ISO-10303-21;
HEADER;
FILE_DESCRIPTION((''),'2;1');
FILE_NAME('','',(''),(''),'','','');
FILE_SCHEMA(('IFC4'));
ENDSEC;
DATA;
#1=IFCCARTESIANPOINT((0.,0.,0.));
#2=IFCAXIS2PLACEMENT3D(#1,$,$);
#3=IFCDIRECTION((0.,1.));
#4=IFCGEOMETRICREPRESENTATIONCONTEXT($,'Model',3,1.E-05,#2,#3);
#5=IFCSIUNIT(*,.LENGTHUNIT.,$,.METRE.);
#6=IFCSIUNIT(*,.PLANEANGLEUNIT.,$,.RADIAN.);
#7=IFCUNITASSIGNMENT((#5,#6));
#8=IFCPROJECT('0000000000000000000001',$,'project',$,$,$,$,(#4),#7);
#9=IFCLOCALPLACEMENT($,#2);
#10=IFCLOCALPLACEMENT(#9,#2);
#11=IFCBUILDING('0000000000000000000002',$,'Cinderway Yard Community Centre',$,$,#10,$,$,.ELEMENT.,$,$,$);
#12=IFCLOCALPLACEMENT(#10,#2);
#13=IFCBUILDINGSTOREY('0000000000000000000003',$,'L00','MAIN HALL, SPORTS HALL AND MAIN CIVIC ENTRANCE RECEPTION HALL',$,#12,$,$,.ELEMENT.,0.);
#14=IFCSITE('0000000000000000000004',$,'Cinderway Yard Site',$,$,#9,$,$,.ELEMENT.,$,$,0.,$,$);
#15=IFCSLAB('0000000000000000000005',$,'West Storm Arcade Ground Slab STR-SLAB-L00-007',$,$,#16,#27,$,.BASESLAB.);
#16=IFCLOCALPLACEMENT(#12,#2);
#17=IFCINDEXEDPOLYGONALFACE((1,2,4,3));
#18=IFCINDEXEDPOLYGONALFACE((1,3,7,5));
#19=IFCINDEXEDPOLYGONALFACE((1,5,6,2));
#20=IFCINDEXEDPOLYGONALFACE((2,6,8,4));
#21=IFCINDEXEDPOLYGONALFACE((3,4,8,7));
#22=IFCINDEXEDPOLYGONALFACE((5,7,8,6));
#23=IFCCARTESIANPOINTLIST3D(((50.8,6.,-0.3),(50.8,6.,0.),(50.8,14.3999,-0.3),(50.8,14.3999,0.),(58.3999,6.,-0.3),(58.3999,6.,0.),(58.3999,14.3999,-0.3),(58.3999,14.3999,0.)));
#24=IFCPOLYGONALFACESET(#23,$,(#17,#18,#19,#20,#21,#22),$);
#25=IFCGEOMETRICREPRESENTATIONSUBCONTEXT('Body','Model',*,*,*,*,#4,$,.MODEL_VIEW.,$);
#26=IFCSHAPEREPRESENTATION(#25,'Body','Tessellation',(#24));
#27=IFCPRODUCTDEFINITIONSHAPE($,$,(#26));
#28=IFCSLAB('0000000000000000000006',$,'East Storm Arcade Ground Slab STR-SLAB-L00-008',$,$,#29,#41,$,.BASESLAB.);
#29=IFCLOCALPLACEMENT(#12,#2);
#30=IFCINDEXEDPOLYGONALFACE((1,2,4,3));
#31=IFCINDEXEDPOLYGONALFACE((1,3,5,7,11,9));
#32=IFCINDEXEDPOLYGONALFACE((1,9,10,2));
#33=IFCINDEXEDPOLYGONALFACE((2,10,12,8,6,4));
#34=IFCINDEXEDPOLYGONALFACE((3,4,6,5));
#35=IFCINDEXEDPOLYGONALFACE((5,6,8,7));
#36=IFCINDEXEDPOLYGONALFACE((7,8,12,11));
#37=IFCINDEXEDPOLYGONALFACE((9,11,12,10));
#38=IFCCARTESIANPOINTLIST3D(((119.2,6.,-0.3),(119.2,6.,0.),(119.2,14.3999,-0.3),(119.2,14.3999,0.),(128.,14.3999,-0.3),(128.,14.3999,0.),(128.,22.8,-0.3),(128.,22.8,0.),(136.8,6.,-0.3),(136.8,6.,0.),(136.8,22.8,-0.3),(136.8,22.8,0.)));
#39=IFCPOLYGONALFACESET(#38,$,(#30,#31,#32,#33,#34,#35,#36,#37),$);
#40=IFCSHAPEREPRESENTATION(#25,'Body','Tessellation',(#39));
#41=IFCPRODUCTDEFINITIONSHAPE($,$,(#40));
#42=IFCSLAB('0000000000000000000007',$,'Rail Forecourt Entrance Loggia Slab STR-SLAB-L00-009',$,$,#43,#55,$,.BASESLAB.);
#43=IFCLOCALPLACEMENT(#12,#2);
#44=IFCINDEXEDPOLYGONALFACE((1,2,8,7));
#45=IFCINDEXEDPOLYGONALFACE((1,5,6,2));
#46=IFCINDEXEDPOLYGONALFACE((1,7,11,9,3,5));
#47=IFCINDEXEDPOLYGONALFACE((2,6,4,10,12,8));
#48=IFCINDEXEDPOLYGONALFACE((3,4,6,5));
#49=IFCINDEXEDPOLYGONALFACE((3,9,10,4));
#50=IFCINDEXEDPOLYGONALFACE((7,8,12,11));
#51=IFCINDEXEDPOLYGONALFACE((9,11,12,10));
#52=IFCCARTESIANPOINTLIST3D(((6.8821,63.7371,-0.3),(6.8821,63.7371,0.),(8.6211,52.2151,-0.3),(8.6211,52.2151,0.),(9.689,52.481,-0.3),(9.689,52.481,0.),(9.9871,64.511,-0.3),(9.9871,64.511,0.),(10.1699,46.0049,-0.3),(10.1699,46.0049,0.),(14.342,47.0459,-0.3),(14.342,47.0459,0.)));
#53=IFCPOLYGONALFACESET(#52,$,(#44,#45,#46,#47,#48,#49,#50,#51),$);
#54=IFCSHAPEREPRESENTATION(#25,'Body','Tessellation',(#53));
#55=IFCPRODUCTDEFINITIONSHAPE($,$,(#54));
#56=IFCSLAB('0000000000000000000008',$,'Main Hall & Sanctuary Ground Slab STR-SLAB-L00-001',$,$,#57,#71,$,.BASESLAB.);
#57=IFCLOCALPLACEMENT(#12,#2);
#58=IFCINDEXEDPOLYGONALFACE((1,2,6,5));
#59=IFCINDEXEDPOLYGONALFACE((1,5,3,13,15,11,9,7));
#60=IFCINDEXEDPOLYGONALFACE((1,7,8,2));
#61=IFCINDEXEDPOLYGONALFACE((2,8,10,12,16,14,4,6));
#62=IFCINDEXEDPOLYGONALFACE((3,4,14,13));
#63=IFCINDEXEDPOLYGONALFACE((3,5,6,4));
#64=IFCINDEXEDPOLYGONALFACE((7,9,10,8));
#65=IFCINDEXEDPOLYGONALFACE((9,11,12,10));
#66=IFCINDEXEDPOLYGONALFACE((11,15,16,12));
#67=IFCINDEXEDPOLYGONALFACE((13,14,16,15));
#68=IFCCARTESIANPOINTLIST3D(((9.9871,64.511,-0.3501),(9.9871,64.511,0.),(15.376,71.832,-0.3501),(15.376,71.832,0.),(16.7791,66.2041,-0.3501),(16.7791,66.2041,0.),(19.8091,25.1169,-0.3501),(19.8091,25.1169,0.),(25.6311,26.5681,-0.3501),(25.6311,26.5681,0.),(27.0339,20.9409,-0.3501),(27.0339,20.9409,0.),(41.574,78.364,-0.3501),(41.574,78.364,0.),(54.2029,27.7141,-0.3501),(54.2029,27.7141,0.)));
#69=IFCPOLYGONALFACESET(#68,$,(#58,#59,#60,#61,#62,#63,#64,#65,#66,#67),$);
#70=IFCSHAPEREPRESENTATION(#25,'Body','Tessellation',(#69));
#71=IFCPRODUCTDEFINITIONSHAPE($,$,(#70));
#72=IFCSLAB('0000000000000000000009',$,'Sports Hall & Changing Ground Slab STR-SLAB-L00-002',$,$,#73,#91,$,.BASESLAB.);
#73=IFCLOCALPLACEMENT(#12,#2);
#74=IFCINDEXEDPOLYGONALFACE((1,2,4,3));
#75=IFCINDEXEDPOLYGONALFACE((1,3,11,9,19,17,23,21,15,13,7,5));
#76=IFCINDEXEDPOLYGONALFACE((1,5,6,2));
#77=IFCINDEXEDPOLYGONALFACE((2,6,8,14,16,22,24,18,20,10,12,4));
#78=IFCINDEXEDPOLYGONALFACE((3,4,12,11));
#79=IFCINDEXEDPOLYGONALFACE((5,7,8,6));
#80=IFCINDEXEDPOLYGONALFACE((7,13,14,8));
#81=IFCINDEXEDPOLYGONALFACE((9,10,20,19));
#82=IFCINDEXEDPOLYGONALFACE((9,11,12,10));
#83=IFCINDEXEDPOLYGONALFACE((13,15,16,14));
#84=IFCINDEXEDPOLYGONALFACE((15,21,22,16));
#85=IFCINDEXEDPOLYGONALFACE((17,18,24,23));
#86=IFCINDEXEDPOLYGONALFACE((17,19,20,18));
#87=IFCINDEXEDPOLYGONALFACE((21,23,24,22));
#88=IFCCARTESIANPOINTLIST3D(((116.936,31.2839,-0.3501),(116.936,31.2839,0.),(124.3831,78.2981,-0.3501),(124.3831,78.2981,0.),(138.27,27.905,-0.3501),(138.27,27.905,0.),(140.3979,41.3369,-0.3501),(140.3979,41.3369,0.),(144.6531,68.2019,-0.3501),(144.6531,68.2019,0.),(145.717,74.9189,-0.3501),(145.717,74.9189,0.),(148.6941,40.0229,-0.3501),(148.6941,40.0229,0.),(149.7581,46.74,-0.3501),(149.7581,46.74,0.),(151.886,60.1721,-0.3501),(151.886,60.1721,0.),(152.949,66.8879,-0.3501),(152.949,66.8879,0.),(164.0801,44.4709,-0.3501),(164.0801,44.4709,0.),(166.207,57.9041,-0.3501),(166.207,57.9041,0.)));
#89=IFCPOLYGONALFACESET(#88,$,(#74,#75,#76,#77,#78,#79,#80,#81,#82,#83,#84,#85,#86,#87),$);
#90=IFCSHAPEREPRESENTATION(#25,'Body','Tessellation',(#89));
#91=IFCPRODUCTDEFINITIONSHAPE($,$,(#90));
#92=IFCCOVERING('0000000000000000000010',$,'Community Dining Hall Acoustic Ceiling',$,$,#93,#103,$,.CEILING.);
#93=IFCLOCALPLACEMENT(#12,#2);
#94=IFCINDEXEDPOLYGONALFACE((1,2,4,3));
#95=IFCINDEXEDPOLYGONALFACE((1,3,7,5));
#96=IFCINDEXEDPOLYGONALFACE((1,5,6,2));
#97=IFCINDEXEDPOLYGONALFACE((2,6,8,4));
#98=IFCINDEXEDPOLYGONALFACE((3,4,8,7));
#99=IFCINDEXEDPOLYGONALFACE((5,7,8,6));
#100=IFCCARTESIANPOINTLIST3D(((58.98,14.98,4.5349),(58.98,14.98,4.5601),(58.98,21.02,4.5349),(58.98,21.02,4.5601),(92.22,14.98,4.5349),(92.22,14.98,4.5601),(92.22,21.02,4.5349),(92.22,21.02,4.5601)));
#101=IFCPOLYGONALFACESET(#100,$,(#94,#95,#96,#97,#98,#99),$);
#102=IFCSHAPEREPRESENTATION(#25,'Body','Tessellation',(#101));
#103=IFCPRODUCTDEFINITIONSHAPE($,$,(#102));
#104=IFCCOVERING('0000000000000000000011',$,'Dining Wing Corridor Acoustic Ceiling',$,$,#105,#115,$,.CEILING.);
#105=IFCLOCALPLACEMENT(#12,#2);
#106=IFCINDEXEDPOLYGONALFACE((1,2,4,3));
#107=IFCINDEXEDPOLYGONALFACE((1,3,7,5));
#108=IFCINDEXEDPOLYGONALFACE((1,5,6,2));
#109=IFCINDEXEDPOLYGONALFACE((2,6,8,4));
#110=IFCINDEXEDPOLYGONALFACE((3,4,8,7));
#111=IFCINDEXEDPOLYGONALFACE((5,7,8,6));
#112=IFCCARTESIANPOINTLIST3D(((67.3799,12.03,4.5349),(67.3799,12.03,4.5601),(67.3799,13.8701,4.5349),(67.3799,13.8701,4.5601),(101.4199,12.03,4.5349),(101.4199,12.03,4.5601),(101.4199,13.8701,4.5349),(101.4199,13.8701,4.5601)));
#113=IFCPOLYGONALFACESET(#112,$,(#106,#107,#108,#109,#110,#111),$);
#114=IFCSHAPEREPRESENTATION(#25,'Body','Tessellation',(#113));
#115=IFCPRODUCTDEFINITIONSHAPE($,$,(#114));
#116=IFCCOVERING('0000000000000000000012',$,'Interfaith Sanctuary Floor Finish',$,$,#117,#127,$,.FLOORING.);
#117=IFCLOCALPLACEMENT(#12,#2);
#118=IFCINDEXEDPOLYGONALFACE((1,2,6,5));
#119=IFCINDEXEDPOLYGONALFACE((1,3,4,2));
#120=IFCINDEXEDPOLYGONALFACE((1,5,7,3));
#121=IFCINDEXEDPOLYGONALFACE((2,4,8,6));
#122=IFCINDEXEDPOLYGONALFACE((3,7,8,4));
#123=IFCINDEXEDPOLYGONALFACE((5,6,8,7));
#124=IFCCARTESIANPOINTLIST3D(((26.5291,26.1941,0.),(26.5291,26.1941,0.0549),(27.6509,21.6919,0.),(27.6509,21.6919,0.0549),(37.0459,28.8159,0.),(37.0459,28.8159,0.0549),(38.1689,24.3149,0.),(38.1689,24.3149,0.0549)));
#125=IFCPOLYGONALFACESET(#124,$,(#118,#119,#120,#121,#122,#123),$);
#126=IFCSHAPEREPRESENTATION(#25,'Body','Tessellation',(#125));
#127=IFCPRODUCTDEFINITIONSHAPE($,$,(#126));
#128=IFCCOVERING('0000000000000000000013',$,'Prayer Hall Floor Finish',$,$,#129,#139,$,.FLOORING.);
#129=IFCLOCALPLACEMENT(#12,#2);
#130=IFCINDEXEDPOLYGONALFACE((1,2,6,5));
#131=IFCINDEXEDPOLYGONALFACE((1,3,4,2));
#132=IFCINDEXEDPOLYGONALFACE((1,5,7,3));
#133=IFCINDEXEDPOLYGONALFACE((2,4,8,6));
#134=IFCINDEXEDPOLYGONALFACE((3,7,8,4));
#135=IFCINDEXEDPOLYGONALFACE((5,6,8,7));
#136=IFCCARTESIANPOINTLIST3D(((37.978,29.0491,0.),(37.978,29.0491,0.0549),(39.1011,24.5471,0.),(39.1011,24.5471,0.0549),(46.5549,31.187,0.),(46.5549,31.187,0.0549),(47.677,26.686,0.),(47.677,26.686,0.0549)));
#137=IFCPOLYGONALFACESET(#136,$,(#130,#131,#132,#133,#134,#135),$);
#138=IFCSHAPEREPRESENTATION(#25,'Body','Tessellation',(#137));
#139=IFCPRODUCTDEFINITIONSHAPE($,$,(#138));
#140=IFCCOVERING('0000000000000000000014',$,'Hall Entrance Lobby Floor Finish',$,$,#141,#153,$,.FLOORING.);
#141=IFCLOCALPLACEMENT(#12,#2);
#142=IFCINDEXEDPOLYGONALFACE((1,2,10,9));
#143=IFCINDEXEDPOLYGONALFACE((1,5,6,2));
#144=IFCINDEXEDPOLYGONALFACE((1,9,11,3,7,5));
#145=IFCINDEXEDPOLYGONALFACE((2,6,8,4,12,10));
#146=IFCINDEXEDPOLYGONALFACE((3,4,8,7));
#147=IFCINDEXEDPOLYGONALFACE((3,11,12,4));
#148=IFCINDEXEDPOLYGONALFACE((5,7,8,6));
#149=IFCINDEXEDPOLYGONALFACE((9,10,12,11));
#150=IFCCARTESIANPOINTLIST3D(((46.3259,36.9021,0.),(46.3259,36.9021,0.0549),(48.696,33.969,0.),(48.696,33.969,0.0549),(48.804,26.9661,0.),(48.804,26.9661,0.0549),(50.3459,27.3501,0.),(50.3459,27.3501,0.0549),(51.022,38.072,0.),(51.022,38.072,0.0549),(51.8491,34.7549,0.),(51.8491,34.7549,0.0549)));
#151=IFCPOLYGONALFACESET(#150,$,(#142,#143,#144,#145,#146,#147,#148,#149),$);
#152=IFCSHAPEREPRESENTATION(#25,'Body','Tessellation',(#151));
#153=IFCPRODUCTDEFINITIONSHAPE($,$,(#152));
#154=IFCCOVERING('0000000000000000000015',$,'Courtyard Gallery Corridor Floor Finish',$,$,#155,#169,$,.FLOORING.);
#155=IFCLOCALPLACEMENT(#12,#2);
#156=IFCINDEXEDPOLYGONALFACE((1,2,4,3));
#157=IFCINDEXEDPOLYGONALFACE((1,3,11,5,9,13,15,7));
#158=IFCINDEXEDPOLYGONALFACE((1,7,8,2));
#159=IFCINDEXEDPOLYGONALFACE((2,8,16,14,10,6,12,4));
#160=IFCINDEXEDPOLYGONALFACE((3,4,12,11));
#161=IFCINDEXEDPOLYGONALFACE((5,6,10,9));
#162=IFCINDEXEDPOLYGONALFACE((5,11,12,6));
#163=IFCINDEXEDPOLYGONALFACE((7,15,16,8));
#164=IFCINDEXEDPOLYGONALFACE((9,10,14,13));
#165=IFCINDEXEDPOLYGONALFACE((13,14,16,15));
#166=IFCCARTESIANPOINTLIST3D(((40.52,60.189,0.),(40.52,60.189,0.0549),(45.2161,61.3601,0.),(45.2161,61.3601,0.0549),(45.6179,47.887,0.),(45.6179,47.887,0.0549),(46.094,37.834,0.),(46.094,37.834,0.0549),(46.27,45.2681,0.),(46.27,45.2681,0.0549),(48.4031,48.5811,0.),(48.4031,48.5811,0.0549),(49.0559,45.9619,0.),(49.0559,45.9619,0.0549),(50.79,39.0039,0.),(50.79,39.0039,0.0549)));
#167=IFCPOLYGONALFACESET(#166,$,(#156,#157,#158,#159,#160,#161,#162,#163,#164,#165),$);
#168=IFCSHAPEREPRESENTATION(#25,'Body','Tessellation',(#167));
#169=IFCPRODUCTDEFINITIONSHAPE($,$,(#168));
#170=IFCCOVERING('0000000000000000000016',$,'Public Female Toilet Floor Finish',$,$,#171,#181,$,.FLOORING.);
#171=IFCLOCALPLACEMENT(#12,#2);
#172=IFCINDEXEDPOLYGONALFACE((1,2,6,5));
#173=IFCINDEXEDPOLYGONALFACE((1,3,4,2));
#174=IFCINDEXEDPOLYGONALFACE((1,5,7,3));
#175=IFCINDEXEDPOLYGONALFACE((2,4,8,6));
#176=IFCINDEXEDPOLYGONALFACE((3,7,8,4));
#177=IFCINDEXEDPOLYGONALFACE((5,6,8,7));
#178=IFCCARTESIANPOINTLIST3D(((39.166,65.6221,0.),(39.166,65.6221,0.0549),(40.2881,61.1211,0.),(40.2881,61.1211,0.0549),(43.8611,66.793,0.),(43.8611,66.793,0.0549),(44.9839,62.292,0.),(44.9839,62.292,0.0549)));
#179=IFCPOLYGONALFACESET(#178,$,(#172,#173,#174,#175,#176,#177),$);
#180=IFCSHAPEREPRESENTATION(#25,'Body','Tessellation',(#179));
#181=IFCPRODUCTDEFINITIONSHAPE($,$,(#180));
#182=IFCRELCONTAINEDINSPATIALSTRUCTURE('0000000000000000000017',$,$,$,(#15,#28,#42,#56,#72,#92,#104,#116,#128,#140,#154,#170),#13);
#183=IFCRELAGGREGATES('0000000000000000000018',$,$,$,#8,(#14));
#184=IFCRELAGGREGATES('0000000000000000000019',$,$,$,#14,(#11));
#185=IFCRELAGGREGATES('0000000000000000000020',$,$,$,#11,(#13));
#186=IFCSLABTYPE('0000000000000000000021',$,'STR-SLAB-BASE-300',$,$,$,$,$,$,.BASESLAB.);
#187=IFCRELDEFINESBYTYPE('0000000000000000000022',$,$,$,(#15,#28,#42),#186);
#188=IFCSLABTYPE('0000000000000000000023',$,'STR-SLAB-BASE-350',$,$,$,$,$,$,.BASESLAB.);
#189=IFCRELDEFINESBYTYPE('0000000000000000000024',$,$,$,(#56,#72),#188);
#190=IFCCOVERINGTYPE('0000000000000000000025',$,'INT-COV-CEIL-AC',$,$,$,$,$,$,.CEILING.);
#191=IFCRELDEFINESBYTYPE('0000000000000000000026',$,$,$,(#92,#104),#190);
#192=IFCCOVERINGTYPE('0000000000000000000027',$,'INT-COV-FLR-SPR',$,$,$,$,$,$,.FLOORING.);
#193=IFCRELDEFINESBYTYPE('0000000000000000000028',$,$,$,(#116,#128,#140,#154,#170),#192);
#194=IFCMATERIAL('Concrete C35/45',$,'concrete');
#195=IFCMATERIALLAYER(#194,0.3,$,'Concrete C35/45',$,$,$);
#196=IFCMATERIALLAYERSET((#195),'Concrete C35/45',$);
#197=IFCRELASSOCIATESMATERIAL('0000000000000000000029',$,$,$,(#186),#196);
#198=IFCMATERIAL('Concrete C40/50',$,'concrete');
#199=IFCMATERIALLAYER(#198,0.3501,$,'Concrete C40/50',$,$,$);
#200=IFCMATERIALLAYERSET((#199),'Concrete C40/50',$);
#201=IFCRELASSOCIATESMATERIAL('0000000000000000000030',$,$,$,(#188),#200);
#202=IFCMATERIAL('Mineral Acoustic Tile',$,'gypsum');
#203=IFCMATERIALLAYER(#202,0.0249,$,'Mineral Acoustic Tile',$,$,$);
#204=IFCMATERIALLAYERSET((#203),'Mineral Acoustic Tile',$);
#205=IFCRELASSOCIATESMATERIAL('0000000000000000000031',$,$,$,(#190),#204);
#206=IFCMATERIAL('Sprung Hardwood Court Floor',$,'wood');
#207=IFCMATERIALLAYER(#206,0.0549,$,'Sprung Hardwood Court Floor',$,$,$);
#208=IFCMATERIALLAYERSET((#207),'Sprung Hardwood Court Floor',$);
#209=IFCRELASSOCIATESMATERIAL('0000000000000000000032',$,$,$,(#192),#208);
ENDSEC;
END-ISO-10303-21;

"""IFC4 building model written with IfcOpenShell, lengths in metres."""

from ifc_helpers import new_model, si_unit, direction, frame, origin, place, context, subcontext, project, spatial, polyline, outline, extrude, material, layer, layer_set, type_object, element, save


model = new_model("IFC4")

# Units and contexts
model_context = context("Model", 3, precision=1e-05, world=origin(), true_north=direction((0.0, 1.0)))
body_context = subcontext(model_context, "Body", "Model", "MODEL_VIEW")
ifc_project = project(units=[si_unit("LENGTHUNIT", "METRE"), si_unit("PLANEANGLEUNIT", "RADIAN")], contexts=[model_context])

# Site, building, storey
site_placement = place(None, origin())
site = spatial("IfcSite", under=ifc_project, at=site_placement, Name="Cinderway Yard Site", CompositionType="ELEMENT", RefElevation=0.0)
building_placement = place(site_placement, origin())
building = spatial("IfcBuilding", under=site, at=building_placement, Name="Cinderway Yard Community Centre", CompositionType="ELEMENT")
storey_placement = place(building_placement, origin())
storey = spatial("IfcBuildingStorey", under=building, at=storey_placement, Name="L00", Description="MAIN HALL, SPORTS HALL AND MAIN CIVIC ENTRANCE RECEPTION HALL", CompositionType="ELEMENT", Elevation=0.0)

# Shared definitions
ifc_material_1 = material(Name="Concrete C40/50", Category="concrete")

# Slabs
ifc_material_2 = material(Name="Concrete C35/45", Category="concrete")
ifc_layer_1 = layer(ifc_material_2, 0.3, Name="Concrete C35/45")
ifc_layer_set_1 = layer_set([ifc_layer_1], Name="Concrete C35/45")
slab_type_1 = type_object("IfcSlabType", Name="STR-SLAB-BASE-300", PredefinedType="BASESLAB", material=ifc_layer_set_1)
slab_1_placement = place(storey_placement, frame((0.0, 0.0, -0.3)))
element("IfcSlab", 1, at=slab_1_placement, inside=storey, type_object=slab_type_1, Name="West Storm Arcade Ground Slab STR-SLAB-L00-007", PredefinedType="BASESLAB", context=body_context, shape_type="SweptSolid", body=[
    extrude(outline(polyline([(50.8, 6.0), (58.3999, 6.0), (58.3999, 14.3999), (50.8, 14.3999), (50.8, 6.0)])), origin(), (0.0, 0.0, 1.0), 0.3),
])
slab_2_placement = place(storey_placement, frame((0.0, 0.0, -0.3)))
element("IfcSlab", 2, at=slab_2_placement, inside=storey, type_object=slab_type_1, Name="East Storm Arcade Ground Slab STR-SLAB-L00-008", PredefinedType="BASESLAB", context=body_context, shape_type="SweptSolid", body=[
    extrude(outline(polyline([(119.2, 6.0), (136.8, 6.0), (136.8, 22.8), (128.0, 22.8), (128.0, 14.3999), (119.2, 14.3999), (119.2, 6.0)])), origin(), (0.0, 0.0, 1.0), 0.3),
])
slab_3_placement = place(storey_placement, frame((0.0, 0.0, -0.3)))
element("IfcSlab", 3, at=slab_3_placement, inside=storey, type_object=slab_type_1, Name="Rail Forecourt Entrance Loggia Slab STR-SLAB-L00-009", PredefinedType="BASESLAB", context=body_context, shape_type="SweptSolid", body=[
    extrude(outline(polyline([(10.1699, 46.0049), (14.342, 47.0459), (9.9871, 64.511), (6.8821, 63.7371), (9.689, 52.481), (8.6211, 52.2151), (10.1699, 46.0049)])), origin(), (0.0, 0.0, 1.0), 0.3),
])
ifc_layer_2 = layer(ifc_material_1, 0.3501, Name="Concrete C40/50")
ifc_layer_set_2 = layer_set([ifc_layer_2], Name="Concrete C40/50")
slab_type_2 = type_object("IfcSlabType", Name="STR-SLAB-BASE-350", PredefinedType="BASESLAB", material=ifc_layer_set_2)
slab_4_placement = place(storey_placement, frame((0.0, 0.0, -0.3501)))
element("IfcSlab", 4, at=slab_4_placement, inside=storey, type_object=slab_type_2, Name="Main Hall & Sanctuary Ground Slab STR-SLAB-L00-001", PredefinedType="BASESLAB", context=body_context, shape_type="SweptSolid", body=[
    extrude(outline(polyline([(19.8091, 25.1169), (25.6311, 26.5681), (27.0339, 20.9409), (54.2029, 27.7141), (41.574, 78.364), (15.376, 71.832), (16.7791, 66.2041), (9.9871, 64.511), (19.8091, 25.1169)])), origin(), (0.0, 0.0, 1.0), 0.3501),
])
slab_5_placement = place(storey_placement, frame((0.0, 0.0, -0.3501)))
element("IfcSlab", 5, at=slab_5_placement, inside=storey, type_object=slab_type_2, Name="Sports Hall & Changing Ground Slab STR-SLAB-L00-002", PredefinedType="BASESLAB", context=body_context, shape_type="SweptSolid", body=[
    extrude(outline(polyline([(116.936, 31.2839), (138.27, 27.905), (140.3979, 41.3369), (148.6941, 40.0229), (149.7581, 46.74), (164.0801, 44.4709), (166.207, 57.9041), (151.886, 60.1721), (152.949, 66.8879), (144.6531, 68.2019), (145.717, 74.9189), (124.3831, 78.2981), (116.936, 31.2839)])), origin(), (0.0, 0.0, 1.0), 0.3501),
])

# Coverings
ifc_material_3 = material(Name="Mineral Acoustic Tile", Category="gypsum")
ifc_layer_3 = layer(ifc_material_3, 0.0249, Name="Mineral Acoustic Tile")
ifc_layer_set_3 = layer_set([ifc_layer_3], Name="Mineral Acoustic Tile")
covering_type_1 = type_object("IfcCoveringType", Name="INT-COV-CEIL-AC", PredefinedType="CEILING", material=ifc_layer_set_3)
covering_1_placement = place(storey_placement, frame((0.0, 0.0, 4.5349)))
element("IfcCovering", 6, at=covering_1_placement, inside=storey, type_object=covering_type_1, Name="Community Dining Hall Acoustic Ceiling", PredefinedType="CEILING", context=body_context, shape_type="SweptSolid", body=[
    extrude(outline(polyline([(58.98, 21.02), (92.22, 21.02), (92.22, 14.98), (58.98, 14.98), (58.98, 21.02)])), origin(), (0.0, 0.0, 1.0), 0.0251),
])
covering_2_placement = place(storey_placement, frame((0.0, 0.0, 4.5349)))
element("IfcCovering", 7, at=covering_2_placement, inside=storey, type_object=covering_type_1, Name="Dining Wing Corridor Acoustic Ceiling", PredefinedType="CEILING", context=body_context, shape_type="SweptSolid", body=[
    extrude(outline(polyline([(67.3799, 13.8701), (101.4199, 13.8701), (101.4199, 12.03), (67.3799, 12.03), (67.3799, 13.8701)])), origin(), (0.0, 0.0, 1.0), 0.0251),
])
ifc_material_4 = material(Name="Sprung Hardwood Court Floor", Category="wood")
ifc_layer_4 = layer(ifc_material_4, 0.0549, Name="Sprung Hardwood Court Floor")
ifc_layer_set_4 = layer_set([ifc_layer_4], Name="Sprung Hardwood Court Floor")
covering_type_2 = type_object("IfcCoveringType", Name="INT-COV-FLR-SPR", PredefinedType="FLOORING", material=ifc_layer_set_4)
covering_3_placement = place(storey_placement, origin())
element("IfcCovering", 8, at=covering_3_placement, inside=storey, type_object=covering_type_2, Name="Interfaith Sanctuary Floor Finish", PredefinedType="FLOORING", context=body_context, shape_type="SweptSolid", body=[
    extrude(outline(polyline([(26.5291, 26.1941), (37.0459, 28.8159), (38.1689, 24.3149), (27.6509, 21.6919), (26.5291, 26.1941)])), origin(), (0.0, 0.0, 1.0), 0.0549),
])
covering_4_placement = place(storey_placement, origin())
element("IfcCovering", 9, at=covering_4_placement, inside=storey, type_object=covering_type_2, Name="Prayer Hall Floor Finish", PredefinedType="FLOORING", context=body_context, shape_type="SweptSolid", body=[
    extrude(outline(polyline([(37.978, 29.0491), (46.5549, 31.187), (47.677, 26.686), (39.1011, 24.5471), (37.978, 29.0491)])), origin(), (0.0, 0.0, 1.0), 0.0549),
])
covering_5_placement = place(storey_placement, origin())
element("IfcCovering", 10, at=covering_5_placement, inside=storey, type_object=covering_type_2, Name="Hall Entrance Lobby Floor Finish", PredefinedType="FLOORING", context=body_context, shape_type="SweptSolid", body=[
    extrude(outline(polyline([(46.3259, 36.9021), (51.022, 38.072), (51.8491, 34.7549), (48.696, 33.969), (50.3459, 27.3501), (48.804, 26.9661), (46.3259, 36.9021)])), origin(), (0.0, 0.0, 1.0), 0.0549),
])
covering_6_placement = place(storey_placement, origin())
element("IfcCovering", 11, at=covering_6_placement, inside=storey, type_object=covering_type_2, Name="Courtyard Gallery Corridor Floor Finish", PredefinedType="FLOORING", context=body_context, shape_type="SweptSolid", body=[
    extrude(outline(polyline([(40.52, 60.189), (45.2161, 61.3601), (48.4031, 48.5811), (45.6179, 47.887), (46.27, 45.2681), (49.0559, 45.9619), (50.79, 39.0039), (46.094, 37.834), (40.52, 60.189)])), origin(), (0.0, 0.0, 1.0), 0.0549),
])
covering_7_placement = place(storey_placement, origin())
element("IfcCovering", 12, at=covering_7_placement, inside=storey, type_object=covering_type_2, Name="Public Female Toilet Floor Finish", PredefinedType="FLOORING", context=body_context, shape_type="SweptSolid", body=[
    extrude(outline(polyline([(39.166, 65.6221), (43.8611, 66.793), (44.9839, 62.292), (40.2881, 61.1211), (39.166, 65.6221)])), origin(), (0.0, 0.0, 1.0), 0.0549),
])

save(model, "model.ifc")
